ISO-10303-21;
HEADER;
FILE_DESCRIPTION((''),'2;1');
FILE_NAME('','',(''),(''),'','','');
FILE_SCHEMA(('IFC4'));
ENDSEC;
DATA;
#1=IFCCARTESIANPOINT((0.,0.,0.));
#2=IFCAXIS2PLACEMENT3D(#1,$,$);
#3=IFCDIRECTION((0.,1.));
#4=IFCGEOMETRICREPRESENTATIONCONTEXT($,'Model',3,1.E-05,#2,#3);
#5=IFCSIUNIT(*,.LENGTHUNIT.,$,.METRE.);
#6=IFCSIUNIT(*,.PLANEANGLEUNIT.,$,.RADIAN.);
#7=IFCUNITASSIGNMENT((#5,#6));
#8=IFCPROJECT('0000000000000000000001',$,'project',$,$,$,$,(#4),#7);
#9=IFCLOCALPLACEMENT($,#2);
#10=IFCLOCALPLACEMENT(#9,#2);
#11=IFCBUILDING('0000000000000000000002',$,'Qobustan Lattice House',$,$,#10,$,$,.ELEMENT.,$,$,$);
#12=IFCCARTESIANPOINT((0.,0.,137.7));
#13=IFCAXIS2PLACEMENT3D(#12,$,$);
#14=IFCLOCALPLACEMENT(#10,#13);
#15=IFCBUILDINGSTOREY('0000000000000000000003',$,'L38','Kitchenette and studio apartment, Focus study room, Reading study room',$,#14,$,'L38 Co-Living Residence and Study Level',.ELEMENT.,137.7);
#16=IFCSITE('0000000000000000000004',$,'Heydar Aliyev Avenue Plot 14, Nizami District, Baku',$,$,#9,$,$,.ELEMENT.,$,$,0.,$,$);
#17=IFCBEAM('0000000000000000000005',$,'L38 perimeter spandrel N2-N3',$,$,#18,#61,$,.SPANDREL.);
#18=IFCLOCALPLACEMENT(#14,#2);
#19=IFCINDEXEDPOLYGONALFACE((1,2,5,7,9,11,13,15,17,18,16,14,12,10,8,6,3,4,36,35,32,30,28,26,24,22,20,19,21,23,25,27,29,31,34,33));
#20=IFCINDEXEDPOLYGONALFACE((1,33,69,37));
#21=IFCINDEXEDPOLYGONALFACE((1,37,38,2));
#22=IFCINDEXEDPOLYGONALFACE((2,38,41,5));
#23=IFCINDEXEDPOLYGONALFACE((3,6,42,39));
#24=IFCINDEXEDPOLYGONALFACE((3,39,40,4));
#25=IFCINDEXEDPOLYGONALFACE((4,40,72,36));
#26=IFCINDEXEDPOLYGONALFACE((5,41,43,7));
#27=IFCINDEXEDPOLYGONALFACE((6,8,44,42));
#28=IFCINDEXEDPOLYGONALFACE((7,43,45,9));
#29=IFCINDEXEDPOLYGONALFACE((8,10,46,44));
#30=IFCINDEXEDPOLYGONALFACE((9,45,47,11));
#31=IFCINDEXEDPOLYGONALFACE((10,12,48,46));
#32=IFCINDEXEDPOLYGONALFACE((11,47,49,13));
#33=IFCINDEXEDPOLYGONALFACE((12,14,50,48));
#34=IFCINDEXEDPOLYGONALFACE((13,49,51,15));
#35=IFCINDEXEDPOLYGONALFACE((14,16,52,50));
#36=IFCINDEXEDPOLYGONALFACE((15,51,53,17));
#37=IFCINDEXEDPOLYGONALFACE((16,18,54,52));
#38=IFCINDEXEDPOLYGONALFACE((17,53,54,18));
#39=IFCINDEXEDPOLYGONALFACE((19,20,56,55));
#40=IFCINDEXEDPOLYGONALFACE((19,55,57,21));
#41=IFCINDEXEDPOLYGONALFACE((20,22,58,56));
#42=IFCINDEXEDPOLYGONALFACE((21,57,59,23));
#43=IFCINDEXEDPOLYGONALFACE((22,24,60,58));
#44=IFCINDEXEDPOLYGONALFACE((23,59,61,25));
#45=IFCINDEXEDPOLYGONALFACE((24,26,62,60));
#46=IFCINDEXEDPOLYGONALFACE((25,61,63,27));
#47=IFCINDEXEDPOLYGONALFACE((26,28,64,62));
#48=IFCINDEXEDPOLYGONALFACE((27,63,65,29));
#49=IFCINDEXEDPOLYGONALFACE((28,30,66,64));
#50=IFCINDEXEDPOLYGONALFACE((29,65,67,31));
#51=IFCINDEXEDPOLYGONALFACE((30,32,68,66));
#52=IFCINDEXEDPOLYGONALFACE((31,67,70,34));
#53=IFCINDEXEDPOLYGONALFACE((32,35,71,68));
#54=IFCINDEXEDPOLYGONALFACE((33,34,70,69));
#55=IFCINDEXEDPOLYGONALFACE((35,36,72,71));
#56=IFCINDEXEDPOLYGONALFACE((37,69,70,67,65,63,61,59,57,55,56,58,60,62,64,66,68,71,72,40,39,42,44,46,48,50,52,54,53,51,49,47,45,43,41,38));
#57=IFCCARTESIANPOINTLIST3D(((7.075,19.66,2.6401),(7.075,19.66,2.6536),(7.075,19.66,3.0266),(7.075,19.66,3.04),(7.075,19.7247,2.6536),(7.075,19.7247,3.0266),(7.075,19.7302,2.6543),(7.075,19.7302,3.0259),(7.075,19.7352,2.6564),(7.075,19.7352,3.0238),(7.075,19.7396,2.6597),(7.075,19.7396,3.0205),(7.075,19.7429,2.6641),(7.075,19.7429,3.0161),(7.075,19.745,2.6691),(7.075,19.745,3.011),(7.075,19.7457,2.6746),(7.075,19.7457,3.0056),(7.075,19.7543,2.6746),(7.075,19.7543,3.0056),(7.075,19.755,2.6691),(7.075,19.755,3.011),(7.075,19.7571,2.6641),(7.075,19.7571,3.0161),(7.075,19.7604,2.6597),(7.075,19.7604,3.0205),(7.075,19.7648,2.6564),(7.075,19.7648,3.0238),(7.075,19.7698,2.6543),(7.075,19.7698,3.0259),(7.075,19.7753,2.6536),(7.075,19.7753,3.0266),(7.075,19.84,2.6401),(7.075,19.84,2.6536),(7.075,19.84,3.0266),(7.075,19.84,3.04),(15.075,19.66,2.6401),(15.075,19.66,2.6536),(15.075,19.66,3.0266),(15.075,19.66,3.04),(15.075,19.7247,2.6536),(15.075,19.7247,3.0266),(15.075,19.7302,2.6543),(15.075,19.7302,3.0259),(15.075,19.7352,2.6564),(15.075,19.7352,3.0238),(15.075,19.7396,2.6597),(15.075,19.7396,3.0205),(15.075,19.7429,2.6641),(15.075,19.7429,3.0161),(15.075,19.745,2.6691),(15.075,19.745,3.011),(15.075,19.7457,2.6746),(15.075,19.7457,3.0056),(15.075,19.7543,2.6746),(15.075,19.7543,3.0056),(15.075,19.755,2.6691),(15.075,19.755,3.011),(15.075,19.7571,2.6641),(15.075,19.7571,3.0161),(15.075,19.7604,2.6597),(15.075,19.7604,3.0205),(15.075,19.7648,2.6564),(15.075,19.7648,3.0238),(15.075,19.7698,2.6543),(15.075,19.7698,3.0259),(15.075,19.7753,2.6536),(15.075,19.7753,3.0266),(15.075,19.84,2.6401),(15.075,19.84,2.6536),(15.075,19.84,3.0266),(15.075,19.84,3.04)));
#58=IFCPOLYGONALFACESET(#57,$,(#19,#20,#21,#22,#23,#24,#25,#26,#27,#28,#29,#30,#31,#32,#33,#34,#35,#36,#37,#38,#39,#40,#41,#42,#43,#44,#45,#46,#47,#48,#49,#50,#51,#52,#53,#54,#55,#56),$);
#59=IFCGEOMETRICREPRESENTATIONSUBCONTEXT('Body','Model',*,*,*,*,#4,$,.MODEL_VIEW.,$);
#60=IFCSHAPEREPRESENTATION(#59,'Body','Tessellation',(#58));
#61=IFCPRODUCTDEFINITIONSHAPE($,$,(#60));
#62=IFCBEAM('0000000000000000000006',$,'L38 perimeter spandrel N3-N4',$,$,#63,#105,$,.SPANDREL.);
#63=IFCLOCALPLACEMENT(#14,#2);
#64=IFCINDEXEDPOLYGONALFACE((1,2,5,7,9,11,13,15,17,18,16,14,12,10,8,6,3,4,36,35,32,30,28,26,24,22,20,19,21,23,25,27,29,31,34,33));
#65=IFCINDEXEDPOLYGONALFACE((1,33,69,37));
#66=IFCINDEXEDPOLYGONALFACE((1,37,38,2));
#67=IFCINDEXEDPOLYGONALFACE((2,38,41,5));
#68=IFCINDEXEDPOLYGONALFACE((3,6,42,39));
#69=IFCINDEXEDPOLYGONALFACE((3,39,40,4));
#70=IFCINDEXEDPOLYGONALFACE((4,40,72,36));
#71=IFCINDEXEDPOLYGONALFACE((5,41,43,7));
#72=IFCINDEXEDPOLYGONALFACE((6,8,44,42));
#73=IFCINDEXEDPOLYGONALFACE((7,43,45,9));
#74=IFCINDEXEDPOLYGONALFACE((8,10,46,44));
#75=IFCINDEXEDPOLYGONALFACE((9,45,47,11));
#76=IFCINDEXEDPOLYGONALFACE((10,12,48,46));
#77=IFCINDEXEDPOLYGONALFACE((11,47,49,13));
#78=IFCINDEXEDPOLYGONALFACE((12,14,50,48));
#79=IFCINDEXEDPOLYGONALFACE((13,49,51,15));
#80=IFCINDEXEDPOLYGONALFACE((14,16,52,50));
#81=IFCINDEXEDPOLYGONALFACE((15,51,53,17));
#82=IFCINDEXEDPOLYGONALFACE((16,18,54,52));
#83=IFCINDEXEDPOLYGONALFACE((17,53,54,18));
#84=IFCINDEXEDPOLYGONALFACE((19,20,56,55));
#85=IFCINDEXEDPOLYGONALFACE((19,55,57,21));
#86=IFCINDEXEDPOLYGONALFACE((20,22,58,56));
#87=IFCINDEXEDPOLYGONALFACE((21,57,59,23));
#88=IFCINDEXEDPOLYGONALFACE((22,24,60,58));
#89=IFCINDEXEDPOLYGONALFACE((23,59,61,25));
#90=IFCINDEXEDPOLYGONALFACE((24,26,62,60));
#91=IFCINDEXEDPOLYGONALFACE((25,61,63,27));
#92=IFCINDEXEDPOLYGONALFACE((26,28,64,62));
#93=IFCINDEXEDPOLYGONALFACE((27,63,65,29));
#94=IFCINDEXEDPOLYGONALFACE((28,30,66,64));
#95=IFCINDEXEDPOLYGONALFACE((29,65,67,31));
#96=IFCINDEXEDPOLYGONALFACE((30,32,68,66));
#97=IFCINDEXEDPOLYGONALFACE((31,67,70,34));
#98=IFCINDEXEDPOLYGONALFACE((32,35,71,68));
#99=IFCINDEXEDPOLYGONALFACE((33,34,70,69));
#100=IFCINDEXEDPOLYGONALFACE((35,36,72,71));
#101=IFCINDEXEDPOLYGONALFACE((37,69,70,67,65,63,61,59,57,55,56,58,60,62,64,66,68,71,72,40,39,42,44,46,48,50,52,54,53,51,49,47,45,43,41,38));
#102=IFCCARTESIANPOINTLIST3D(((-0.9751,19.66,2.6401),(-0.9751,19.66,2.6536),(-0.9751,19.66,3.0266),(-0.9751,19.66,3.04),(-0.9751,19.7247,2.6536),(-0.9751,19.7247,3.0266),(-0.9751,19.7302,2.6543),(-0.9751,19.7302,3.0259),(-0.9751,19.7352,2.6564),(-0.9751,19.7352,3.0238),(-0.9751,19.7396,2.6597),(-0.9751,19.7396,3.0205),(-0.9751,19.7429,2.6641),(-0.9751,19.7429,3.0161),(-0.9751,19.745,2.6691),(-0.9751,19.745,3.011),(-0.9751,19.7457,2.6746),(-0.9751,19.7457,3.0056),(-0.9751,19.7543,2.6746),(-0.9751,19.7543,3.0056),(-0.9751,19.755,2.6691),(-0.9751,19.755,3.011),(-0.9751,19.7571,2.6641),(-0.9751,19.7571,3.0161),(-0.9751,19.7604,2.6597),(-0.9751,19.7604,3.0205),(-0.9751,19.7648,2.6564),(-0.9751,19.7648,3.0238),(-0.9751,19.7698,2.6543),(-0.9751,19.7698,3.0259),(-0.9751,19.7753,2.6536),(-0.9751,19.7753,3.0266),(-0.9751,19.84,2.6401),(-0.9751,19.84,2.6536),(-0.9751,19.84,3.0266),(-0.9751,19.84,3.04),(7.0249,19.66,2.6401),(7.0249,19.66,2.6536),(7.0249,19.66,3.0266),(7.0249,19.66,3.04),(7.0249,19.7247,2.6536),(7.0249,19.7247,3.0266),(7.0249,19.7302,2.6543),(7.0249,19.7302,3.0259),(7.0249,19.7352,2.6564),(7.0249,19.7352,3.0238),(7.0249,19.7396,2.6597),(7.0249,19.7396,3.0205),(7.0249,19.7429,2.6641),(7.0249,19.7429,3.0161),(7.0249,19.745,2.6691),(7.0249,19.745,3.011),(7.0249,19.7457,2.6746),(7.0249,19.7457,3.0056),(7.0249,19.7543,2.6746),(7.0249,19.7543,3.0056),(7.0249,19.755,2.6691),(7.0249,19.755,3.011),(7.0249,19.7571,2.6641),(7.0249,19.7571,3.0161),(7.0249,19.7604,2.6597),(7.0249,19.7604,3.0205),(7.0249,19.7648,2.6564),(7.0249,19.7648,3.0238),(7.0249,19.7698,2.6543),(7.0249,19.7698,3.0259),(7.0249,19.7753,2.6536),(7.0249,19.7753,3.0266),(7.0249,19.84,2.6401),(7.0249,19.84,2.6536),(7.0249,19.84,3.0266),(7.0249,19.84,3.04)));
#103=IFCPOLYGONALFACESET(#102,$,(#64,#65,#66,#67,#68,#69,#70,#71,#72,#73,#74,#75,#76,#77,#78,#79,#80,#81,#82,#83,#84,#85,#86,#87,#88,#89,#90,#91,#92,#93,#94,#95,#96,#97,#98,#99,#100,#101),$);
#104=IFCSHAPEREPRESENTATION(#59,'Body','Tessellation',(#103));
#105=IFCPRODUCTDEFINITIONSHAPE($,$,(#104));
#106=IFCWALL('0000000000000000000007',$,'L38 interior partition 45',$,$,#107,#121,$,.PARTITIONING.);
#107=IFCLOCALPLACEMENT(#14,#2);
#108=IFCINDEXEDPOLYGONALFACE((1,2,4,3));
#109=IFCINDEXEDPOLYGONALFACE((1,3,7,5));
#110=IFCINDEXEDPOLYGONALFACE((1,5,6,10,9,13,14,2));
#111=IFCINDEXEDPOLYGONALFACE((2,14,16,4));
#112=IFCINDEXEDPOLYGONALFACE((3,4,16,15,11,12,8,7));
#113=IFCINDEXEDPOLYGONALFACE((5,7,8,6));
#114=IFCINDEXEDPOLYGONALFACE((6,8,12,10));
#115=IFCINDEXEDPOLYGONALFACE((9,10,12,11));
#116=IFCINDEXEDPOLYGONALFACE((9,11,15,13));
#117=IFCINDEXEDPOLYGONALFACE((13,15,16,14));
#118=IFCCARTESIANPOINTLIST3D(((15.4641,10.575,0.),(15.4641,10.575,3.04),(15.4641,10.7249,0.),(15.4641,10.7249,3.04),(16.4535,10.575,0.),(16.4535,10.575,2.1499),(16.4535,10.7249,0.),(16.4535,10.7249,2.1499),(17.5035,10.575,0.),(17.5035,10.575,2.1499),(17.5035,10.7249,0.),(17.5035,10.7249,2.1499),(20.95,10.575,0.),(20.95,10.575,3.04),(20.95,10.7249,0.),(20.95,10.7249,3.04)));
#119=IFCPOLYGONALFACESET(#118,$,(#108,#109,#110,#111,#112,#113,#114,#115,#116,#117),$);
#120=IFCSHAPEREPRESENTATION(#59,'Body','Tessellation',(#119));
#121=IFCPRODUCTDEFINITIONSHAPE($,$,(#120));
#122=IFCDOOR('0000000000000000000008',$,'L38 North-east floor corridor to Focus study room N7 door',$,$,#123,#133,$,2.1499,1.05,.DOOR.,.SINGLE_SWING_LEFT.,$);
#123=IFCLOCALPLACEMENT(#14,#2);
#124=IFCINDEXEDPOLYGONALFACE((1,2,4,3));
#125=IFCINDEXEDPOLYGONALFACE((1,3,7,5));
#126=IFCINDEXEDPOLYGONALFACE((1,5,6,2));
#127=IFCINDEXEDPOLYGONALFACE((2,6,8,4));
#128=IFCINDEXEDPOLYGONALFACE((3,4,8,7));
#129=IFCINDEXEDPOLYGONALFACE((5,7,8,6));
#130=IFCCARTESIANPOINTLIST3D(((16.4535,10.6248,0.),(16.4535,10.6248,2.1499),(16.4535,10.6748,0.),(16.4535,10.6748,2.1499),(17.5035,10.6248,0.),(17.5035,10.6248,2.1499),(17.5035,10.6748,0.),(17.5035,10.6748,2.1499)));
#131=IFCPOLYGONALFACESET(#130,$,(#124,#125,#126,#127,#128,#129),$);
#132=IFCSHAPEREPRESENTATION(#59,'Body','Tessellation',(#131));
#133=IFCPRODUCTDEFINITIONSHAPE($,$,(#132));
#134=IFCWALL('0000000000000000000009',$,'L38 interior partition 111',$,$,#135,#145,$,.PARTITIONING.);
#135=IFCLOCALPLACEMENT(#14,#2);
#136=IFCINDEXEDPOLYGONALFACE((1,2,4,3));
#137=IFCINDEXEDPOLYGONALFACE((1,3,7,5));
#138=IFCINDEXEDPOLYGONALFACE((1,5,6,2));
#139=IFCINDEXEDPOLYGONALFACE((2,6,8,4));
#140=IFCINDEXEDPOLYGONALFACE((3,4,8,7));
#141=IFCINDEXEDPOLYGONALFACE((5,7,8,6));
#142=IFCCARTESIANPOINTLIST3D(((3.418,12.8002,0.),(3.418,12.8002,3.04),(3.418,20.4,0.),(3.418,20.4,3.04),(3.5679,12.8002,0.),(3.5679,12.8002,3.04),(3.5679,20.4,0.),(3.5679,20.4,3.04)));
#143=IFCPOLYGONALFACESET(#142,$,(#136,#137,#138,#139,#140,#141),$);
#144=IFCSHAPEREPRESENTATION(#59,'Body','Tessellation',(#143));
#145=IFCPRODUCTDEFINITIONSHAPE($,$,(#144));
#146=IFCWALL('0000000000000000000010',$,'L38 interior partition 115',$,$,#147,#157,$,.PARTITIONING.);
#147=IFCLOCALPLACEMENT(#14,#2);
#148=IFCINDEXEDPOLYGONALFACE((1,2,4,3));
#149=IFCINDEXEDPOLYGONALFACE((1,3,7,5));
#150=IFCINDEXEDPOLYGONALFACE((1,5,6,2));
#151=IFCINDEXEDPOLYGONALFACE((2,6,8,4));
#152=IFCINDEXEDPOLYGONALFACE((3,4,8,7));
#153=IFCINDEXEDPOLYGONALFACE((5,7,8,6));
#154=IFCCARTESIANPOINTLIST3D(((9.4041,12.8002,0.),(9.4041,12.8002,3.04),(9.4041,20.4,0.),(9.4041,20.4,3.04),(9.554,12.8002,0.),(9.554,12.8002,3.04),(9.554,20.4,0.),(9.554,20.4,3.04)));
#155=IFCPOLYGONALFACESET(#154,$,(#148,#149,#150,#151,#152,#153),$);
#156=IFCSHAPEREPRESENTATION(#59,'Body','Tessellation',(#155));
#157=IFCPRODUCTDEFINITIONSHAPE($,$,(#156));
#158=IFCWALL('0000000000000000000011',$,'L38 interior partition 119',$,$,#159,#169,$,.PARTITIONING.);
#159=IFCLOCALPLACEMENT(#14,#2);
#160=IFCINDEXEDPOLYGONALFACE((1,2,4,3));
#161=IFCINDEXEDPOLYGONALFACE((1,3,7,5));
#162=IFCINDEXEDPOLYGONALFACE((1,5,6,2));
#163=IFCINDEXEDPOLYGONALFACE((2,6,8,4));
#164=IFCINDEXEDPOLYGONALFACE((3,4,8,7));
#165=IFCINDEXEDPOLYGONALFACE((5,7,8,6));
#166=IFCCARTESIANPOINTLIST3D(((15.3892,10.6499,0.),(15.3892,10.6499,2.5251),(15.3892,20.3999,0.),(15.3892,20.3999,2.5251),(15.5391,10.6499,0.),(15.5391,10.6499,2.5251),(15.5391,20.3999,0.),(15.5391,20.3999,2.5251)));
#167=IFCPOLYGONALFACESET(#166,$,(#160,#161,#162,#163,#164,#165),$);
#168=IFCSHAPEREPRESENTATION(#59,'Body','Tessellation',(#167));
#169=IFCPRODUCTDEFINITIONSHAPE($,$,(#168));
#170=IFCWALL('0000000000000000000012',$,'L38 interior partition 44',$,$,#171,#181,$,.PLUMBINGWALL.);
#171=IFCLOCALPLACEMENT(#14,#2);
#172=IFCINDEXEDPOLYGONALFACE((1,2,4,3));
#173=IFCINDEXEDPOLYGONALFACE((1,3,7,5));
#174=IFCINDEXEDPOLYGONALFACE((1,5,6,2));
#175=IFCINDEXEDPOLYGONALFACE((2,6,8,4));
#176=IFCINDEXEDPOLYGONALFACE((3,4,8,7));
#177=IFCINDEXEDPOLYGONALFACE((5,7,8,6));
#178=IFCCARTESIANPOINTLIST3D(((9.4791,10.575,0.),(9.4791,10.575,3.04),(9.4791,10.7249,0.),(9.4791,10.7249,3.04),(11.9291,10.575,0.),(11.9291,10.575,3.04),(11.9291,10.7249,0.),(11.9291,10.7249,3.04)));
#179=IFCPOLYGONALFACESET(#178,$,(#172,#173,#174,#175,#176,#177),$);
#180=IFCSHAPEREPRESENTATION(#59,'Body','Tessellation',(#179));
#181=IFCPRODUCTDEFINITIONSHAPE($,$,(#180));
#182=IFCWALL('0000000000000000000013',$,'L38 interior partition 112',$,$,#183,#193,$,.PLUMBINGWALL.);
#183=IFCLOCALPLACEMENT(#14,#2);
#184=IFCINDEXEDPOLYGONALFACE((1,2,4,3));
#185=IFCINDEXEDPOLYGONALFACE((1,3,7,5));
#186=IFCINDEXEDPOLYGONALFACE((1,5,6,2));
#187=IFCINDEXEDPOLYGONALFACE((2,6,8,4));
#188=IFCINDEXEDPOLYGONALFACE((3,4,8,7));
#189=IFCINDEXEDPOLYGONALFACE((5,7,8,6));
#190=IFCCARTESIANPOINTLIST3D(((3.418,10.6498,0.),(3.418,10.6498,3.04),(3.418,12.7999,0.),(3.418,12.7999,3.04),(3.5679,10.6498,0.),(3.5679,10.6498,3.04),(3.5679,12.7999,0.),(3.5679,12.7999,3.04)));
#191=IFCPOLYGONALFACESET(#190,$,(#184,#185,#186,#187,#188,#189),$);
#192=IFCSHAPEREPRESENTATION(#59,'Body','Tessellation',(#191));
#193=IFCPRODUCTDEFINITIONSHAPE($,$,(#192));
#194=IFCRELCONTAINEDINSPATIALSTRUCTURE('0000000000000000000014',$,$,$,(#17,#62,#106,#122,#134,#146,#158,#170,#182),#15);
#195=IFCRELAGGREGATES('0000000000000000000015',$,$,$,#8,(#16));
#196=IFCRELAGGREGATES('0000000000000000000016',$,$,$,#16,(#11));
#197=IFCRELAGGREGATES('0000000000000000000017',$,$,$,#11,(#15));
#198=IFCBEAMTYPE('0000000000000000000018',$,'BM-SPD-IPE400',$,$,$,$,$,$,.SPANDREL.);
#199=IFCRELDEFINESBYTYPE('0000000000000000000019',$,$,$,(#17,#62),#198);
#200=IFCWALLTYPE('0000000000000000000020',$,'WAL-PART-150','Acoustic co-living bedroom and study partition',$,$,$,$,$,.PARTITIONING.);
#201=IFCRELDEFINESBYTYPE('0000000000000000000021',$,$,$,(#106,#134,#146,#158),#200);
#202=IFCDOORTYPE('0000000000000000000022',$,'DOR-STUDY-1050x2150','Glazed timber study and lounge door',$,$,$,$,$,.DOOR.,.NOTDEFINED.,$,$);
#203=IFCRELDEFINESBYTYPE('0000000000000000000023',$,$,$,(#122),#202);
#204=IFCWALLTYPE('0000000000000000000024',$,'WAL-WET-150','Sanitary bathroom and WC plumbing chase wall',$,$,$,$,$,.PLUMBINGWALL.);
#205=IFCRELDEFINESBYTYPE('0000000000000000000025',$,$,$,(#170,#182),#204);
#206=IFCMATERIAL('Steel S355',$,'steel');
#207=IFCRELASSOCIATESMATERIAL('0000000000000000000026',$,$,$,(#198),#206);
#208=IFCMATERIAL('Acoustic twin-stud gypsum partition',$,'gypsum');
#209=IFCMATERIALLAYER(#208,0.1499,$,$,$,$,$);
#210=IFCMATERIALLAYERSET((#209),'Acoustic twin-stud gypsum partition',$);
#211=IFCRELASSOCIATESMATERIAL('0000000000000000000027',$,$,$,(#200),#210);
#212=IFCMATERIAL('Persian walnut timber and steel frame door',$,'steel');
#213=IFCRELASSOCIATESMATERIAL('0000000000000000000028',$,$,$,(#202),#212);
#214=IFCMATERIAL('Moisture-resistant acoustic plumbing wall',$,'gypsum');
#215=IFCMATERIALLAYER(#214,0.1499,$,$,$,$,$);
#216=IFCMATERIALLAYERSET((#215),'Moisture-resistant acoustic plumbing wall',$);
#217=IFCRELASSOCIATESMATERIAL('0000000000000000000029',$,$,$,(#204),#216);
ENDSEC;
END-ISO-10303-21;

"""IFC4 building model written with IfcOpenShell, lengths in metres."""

from ifc_helpers import new_model, si_unit, direction, frame, frame_2d, origin, origin_2d, place, context, subcontext, project, spatial, rectangle, i_section, extrude, material, layer, layer_set, material_profile, profile_set, type_object, element, fill, save


model = new_model("IFC4")

# Units and contexts
model_context = context("Model", 3, precision=1e-05, world=origin(), true_north=direction((0.0, 1.0)))
body_context = subcontext(model_context, "Body", "Model", "MODEL_VIEW")
ifc_project = project(units=[si_unit("LENGTHUNIT", "METRE"), si_unit("PLANEANGLEUNIT", "RADIAN")], contexts=[model_context])

# Site, building, storey
site_placement = place(None, origin())
site = spatial("IfcSite", under=ifc_project, at=site_placement, Name="Heydar Aliyev Avenue Plot 14, Nizami District, Baku", CompositionType="ELEMENT", RefElevation=0.0)
building_placement = place(site_placement, origin())
building = spatial("IfcBuilding", under=site, at=building_placement, Name="Qobustan Lattice House", CompositionType="ELEMENT")
storey_placement = place(building_placement, frame((0.0, 0.0, 137.7)))
storey = spatial("IfcBuildingStorey", under=building, at=storey_placement, Name="L38", Description="Kitchenette and studio apartment, Focus study room, Reading study room", LongName="L38 Co-Living Residence and Study Level", CompositionType="ELEMENT", Elevation=137.7)

# Beams
ifc_material_1 = material(Name="Steel S355", Category="steel")
ifc_material_profile_1 = material_profile(ifc_material_1, i_section(OverallWidth=0.1799, OverallDepth=0.3999, WebThickness=0.0085, FlangeThickness=0.0134, FilletRadius=0.021, at=origin_2d()), Name="IPE400")
ifc_profile_set_1 = profile_set([ifc_material_profile_1], Name="Steel S355")
beam_type_1 = type_object("IfcBeamType", Name="BM-SPD-IPE400", PredefinedType="SPANDREL", material=ifc_profile_set_1)
for number, where, z_axis, x_axis, name in (
    (1, (15.075, 19.75, 2.8401), (-1.0, 0.0, 0.0), (0.0, -1.0, 0.0), "L38 perimeter spandrel N2-N3"),
    (2, (7.0249, 19.75, 2.8401), (-1.0, 0.0, 0.0), (0.0, -1.0, 0.0), "L38 perimeter spandrel N3-N4"),
):
    element("IfcBeam", number, at=place(storey_placement, frame(where, z_axis=z_axis, x_axis=x_axis)), inside=storey, type_object=beam_type_1, Name=name, PredefinedType="SPANDREL", context=body_context, shape_type="SweptSolid", body=[
        extrude(i_section(OverallWidth=0.1799, OverallDepth=0.3999, WebThickness=0.0085, FlangeThickness=0.0134, FilletRadius=0.021, at=origin_2d()), origin(), (0.0, 0.0, 1.0), 8.0),
    ])

# Wall, opening, door
ifc_material_2 = material(Name="Acoustic twin-stud gypsum partition", Category="gypsum")
ifc_layer_1 = layer(ifc_material_2, 0.1499)
ifc_layer_set_1 = layer_set([ifc_layer_1], Name="Acoustic twin-stud gypsum partition")
wall_type_1 = type_object("IfcWallType", Name="WAL-PART-150", Description="Acoustic co-living bedroom and study partition", PredefinedType="PARTITIONING", material=ifc_layer_set_1)
wall_1_placement = place(storey_placement, frame((15.4641, 10.6499, 0.0), z_axis=(0.0, 0.0, 1.0), x_axis=(1.0, 0.0, 0.0)))
wall_1 = element("IfcWall", 3, at=wall_1_placement, inside=storey, type_object=wall_type_1, Name="L38 interior partition 45", PredefinedType="PARTITIONING", context=body_context, shape_type="SweptSolid", body=[
    extrude(rectangle(XDim=5.4858, YDim=0.1499, at=frame_2d((2.7429, 0.0))), origin(), (0.0, 0.0, 1.0), 3.04),
])
opening_1_placement = place(wall_1_placement, frame((0.9895, 0.0, 0.0)))
opening_1 = element("IfcOpeningElement", 4, at=opening_1_placement, cuts=wall_1, PredefinedType="OPENING", context=body_context, shape_type="SweptSolid", body=[
    extrude(rectangle(XDim=1.05, YDim=2.1499, at=frame_2d((0.5249, 1.075))), frame((0.0, 0.085, 0.0), z_axis=(0.0, -1.0, 0.0), x_axis=(1.0, 0.0, 0.0)), (0.0, 0.0, 1.0), 0.1699),
])
ifc_material_3 = material(Name="Persian walnut timber and steel frame door", Category="steel")
door_type_1 = type_object("IfcDoorType", Name="DOR-STUDY-1050x2150", Description="Glazed timber study and lounge door", OperationType="NOTDEFINED", PredefinedType="DOOR", material=ifc_material_3)
door_1_placement = place(opening_1_placement, origin())
door_1 = element("IfcDoor", 5, at=door_1_placement, inside=storey, type_object=door_type_1, Name="L38 North-east floor corridor to Focus study room N7 door", OperationType="SINGLE_SWING_LEFT", OverallHeight=2.1499, OverallWidth=1.05, PredefinedType="DOOR", context=body_context, shape_type="SweptSolid", body=[
    extrude(rectangle(XDim=1.05, YDim=2.1499, at=frame_2d((0.5249, 1.075))), frame((0.0, 0.0249, 0.0), z_axis=(0.0, -1.0, 0.0), x_axis=(1.0, 0.0, 0.0)), (0.0, 0.0, 1.0), 0.05),
])
fill(opening_1, door_1)

# Walls
for number, where, z_axis, x_axis, name in (
    (6, (3.4929, 20.3999, 0.0), (0.0, 0.0, 1.0), (0.0, -1.0, 0.0), "L38 interior partition 111"),
    (7, (9.479, 20.3999, 0.0), (0.0, 0.0, 1.0), (0.0, -1.0, 0.0), "L38 interior partition 115"),
):
    element("IfcWall", number, at=place(storey_placement, frame(where, z_axis=z_axis, x_axis=x_axis)), inside=storey, type_object=wall_type_1, Name=name, PredefinedType="PARTITIONING", context=body_context, shape_type="SweptSolid", body=[
        extrude(rectangle(XDim=7.5999, YDim=0.1499, at=frame_2d((3.7998, 0.0))), origin(), (0.0, 0.0, 1.0), 3.04),
    ])
wall_2_placement = place(storey_placement, frame((15.4641, 20.3999, 0.0), z_axis=(0.0, 0.0, 1.0), x_axis=(0.0, -1.0, 0.0)))
element("IfcWall", 8, at=wall_2_placement, inside=storey, type_object=wall_type_1, Name="L38 interior partition 119", PredefinedType="PARTITIONING", context=body_context, shape_type="SweptSolid", body=[
    extrude(rectangle(XDim=9.75, YDim=0.1499, at=frame_2d((4.875, 0.0))), origin(), (0.0, 0.0, 1.0), 2.5251),
])
ifc_material_4 = material(Name="Moisture-resistant acoustic plumbing wall", Category="gypsum")
ifc_layer_2 = layer(ifc_material_4, 0.1499)
ifc_layer_set_2 = layer_set([ifc_layer_2], Name="Moisture-resistant acoustic plumbing wall")
wall_type_2 = type_object("IfcWallType", Name="WAL-WET-150", Description="Sanitary bathroom and WC plumbing chase wall", PredefinedType="PLUMBINGWALL", material=ifc_layer_set_2)
wall_3_placement = place(storey_placement, frame((9.479, 10.6499, 0.0), z_axis=(0.0, 0.0, 1.0), x_axis=(1.0, 0.0, 0.0)))
element("IfcWall", 9, at=wall_3_placement, inside=storey, type_object=wall_type_2, Name="L38 interior partition 44", PredefinedType="PLUMBINGWALL", context=body_context, shape_type="SweptSolid", body=[
    extrude(rectangle(XDim=2.45, YDim=0.1499, at=frame_2d((1.2251, 0.0))), origin(), (0.0, 0.0, 1.0), 3.04),
])
wall_4_placement = place(storey_placement, frame((3.4929, 12.8, 0.0), z_axis=(0.0, 0.0, 1.0), x_axis=(0.0, -1.0, 0.0)))
element("IfcWall", 10, at=wall_4_placement, inside=storey, type_object=wall_type_2, Name="L38 interior partition 112", PredefinedType="PLUMBINGWALL", context=body_context, shape_type="SweptSolid", body=[
    extrude(rectangle(XDim=2.1501, YDim=0.1499, at=frame_2d((1.0752, 0.0))), origin(), (0.0, 0.0, 1.0), 3.04),
])

save(model, "model.ifc")
